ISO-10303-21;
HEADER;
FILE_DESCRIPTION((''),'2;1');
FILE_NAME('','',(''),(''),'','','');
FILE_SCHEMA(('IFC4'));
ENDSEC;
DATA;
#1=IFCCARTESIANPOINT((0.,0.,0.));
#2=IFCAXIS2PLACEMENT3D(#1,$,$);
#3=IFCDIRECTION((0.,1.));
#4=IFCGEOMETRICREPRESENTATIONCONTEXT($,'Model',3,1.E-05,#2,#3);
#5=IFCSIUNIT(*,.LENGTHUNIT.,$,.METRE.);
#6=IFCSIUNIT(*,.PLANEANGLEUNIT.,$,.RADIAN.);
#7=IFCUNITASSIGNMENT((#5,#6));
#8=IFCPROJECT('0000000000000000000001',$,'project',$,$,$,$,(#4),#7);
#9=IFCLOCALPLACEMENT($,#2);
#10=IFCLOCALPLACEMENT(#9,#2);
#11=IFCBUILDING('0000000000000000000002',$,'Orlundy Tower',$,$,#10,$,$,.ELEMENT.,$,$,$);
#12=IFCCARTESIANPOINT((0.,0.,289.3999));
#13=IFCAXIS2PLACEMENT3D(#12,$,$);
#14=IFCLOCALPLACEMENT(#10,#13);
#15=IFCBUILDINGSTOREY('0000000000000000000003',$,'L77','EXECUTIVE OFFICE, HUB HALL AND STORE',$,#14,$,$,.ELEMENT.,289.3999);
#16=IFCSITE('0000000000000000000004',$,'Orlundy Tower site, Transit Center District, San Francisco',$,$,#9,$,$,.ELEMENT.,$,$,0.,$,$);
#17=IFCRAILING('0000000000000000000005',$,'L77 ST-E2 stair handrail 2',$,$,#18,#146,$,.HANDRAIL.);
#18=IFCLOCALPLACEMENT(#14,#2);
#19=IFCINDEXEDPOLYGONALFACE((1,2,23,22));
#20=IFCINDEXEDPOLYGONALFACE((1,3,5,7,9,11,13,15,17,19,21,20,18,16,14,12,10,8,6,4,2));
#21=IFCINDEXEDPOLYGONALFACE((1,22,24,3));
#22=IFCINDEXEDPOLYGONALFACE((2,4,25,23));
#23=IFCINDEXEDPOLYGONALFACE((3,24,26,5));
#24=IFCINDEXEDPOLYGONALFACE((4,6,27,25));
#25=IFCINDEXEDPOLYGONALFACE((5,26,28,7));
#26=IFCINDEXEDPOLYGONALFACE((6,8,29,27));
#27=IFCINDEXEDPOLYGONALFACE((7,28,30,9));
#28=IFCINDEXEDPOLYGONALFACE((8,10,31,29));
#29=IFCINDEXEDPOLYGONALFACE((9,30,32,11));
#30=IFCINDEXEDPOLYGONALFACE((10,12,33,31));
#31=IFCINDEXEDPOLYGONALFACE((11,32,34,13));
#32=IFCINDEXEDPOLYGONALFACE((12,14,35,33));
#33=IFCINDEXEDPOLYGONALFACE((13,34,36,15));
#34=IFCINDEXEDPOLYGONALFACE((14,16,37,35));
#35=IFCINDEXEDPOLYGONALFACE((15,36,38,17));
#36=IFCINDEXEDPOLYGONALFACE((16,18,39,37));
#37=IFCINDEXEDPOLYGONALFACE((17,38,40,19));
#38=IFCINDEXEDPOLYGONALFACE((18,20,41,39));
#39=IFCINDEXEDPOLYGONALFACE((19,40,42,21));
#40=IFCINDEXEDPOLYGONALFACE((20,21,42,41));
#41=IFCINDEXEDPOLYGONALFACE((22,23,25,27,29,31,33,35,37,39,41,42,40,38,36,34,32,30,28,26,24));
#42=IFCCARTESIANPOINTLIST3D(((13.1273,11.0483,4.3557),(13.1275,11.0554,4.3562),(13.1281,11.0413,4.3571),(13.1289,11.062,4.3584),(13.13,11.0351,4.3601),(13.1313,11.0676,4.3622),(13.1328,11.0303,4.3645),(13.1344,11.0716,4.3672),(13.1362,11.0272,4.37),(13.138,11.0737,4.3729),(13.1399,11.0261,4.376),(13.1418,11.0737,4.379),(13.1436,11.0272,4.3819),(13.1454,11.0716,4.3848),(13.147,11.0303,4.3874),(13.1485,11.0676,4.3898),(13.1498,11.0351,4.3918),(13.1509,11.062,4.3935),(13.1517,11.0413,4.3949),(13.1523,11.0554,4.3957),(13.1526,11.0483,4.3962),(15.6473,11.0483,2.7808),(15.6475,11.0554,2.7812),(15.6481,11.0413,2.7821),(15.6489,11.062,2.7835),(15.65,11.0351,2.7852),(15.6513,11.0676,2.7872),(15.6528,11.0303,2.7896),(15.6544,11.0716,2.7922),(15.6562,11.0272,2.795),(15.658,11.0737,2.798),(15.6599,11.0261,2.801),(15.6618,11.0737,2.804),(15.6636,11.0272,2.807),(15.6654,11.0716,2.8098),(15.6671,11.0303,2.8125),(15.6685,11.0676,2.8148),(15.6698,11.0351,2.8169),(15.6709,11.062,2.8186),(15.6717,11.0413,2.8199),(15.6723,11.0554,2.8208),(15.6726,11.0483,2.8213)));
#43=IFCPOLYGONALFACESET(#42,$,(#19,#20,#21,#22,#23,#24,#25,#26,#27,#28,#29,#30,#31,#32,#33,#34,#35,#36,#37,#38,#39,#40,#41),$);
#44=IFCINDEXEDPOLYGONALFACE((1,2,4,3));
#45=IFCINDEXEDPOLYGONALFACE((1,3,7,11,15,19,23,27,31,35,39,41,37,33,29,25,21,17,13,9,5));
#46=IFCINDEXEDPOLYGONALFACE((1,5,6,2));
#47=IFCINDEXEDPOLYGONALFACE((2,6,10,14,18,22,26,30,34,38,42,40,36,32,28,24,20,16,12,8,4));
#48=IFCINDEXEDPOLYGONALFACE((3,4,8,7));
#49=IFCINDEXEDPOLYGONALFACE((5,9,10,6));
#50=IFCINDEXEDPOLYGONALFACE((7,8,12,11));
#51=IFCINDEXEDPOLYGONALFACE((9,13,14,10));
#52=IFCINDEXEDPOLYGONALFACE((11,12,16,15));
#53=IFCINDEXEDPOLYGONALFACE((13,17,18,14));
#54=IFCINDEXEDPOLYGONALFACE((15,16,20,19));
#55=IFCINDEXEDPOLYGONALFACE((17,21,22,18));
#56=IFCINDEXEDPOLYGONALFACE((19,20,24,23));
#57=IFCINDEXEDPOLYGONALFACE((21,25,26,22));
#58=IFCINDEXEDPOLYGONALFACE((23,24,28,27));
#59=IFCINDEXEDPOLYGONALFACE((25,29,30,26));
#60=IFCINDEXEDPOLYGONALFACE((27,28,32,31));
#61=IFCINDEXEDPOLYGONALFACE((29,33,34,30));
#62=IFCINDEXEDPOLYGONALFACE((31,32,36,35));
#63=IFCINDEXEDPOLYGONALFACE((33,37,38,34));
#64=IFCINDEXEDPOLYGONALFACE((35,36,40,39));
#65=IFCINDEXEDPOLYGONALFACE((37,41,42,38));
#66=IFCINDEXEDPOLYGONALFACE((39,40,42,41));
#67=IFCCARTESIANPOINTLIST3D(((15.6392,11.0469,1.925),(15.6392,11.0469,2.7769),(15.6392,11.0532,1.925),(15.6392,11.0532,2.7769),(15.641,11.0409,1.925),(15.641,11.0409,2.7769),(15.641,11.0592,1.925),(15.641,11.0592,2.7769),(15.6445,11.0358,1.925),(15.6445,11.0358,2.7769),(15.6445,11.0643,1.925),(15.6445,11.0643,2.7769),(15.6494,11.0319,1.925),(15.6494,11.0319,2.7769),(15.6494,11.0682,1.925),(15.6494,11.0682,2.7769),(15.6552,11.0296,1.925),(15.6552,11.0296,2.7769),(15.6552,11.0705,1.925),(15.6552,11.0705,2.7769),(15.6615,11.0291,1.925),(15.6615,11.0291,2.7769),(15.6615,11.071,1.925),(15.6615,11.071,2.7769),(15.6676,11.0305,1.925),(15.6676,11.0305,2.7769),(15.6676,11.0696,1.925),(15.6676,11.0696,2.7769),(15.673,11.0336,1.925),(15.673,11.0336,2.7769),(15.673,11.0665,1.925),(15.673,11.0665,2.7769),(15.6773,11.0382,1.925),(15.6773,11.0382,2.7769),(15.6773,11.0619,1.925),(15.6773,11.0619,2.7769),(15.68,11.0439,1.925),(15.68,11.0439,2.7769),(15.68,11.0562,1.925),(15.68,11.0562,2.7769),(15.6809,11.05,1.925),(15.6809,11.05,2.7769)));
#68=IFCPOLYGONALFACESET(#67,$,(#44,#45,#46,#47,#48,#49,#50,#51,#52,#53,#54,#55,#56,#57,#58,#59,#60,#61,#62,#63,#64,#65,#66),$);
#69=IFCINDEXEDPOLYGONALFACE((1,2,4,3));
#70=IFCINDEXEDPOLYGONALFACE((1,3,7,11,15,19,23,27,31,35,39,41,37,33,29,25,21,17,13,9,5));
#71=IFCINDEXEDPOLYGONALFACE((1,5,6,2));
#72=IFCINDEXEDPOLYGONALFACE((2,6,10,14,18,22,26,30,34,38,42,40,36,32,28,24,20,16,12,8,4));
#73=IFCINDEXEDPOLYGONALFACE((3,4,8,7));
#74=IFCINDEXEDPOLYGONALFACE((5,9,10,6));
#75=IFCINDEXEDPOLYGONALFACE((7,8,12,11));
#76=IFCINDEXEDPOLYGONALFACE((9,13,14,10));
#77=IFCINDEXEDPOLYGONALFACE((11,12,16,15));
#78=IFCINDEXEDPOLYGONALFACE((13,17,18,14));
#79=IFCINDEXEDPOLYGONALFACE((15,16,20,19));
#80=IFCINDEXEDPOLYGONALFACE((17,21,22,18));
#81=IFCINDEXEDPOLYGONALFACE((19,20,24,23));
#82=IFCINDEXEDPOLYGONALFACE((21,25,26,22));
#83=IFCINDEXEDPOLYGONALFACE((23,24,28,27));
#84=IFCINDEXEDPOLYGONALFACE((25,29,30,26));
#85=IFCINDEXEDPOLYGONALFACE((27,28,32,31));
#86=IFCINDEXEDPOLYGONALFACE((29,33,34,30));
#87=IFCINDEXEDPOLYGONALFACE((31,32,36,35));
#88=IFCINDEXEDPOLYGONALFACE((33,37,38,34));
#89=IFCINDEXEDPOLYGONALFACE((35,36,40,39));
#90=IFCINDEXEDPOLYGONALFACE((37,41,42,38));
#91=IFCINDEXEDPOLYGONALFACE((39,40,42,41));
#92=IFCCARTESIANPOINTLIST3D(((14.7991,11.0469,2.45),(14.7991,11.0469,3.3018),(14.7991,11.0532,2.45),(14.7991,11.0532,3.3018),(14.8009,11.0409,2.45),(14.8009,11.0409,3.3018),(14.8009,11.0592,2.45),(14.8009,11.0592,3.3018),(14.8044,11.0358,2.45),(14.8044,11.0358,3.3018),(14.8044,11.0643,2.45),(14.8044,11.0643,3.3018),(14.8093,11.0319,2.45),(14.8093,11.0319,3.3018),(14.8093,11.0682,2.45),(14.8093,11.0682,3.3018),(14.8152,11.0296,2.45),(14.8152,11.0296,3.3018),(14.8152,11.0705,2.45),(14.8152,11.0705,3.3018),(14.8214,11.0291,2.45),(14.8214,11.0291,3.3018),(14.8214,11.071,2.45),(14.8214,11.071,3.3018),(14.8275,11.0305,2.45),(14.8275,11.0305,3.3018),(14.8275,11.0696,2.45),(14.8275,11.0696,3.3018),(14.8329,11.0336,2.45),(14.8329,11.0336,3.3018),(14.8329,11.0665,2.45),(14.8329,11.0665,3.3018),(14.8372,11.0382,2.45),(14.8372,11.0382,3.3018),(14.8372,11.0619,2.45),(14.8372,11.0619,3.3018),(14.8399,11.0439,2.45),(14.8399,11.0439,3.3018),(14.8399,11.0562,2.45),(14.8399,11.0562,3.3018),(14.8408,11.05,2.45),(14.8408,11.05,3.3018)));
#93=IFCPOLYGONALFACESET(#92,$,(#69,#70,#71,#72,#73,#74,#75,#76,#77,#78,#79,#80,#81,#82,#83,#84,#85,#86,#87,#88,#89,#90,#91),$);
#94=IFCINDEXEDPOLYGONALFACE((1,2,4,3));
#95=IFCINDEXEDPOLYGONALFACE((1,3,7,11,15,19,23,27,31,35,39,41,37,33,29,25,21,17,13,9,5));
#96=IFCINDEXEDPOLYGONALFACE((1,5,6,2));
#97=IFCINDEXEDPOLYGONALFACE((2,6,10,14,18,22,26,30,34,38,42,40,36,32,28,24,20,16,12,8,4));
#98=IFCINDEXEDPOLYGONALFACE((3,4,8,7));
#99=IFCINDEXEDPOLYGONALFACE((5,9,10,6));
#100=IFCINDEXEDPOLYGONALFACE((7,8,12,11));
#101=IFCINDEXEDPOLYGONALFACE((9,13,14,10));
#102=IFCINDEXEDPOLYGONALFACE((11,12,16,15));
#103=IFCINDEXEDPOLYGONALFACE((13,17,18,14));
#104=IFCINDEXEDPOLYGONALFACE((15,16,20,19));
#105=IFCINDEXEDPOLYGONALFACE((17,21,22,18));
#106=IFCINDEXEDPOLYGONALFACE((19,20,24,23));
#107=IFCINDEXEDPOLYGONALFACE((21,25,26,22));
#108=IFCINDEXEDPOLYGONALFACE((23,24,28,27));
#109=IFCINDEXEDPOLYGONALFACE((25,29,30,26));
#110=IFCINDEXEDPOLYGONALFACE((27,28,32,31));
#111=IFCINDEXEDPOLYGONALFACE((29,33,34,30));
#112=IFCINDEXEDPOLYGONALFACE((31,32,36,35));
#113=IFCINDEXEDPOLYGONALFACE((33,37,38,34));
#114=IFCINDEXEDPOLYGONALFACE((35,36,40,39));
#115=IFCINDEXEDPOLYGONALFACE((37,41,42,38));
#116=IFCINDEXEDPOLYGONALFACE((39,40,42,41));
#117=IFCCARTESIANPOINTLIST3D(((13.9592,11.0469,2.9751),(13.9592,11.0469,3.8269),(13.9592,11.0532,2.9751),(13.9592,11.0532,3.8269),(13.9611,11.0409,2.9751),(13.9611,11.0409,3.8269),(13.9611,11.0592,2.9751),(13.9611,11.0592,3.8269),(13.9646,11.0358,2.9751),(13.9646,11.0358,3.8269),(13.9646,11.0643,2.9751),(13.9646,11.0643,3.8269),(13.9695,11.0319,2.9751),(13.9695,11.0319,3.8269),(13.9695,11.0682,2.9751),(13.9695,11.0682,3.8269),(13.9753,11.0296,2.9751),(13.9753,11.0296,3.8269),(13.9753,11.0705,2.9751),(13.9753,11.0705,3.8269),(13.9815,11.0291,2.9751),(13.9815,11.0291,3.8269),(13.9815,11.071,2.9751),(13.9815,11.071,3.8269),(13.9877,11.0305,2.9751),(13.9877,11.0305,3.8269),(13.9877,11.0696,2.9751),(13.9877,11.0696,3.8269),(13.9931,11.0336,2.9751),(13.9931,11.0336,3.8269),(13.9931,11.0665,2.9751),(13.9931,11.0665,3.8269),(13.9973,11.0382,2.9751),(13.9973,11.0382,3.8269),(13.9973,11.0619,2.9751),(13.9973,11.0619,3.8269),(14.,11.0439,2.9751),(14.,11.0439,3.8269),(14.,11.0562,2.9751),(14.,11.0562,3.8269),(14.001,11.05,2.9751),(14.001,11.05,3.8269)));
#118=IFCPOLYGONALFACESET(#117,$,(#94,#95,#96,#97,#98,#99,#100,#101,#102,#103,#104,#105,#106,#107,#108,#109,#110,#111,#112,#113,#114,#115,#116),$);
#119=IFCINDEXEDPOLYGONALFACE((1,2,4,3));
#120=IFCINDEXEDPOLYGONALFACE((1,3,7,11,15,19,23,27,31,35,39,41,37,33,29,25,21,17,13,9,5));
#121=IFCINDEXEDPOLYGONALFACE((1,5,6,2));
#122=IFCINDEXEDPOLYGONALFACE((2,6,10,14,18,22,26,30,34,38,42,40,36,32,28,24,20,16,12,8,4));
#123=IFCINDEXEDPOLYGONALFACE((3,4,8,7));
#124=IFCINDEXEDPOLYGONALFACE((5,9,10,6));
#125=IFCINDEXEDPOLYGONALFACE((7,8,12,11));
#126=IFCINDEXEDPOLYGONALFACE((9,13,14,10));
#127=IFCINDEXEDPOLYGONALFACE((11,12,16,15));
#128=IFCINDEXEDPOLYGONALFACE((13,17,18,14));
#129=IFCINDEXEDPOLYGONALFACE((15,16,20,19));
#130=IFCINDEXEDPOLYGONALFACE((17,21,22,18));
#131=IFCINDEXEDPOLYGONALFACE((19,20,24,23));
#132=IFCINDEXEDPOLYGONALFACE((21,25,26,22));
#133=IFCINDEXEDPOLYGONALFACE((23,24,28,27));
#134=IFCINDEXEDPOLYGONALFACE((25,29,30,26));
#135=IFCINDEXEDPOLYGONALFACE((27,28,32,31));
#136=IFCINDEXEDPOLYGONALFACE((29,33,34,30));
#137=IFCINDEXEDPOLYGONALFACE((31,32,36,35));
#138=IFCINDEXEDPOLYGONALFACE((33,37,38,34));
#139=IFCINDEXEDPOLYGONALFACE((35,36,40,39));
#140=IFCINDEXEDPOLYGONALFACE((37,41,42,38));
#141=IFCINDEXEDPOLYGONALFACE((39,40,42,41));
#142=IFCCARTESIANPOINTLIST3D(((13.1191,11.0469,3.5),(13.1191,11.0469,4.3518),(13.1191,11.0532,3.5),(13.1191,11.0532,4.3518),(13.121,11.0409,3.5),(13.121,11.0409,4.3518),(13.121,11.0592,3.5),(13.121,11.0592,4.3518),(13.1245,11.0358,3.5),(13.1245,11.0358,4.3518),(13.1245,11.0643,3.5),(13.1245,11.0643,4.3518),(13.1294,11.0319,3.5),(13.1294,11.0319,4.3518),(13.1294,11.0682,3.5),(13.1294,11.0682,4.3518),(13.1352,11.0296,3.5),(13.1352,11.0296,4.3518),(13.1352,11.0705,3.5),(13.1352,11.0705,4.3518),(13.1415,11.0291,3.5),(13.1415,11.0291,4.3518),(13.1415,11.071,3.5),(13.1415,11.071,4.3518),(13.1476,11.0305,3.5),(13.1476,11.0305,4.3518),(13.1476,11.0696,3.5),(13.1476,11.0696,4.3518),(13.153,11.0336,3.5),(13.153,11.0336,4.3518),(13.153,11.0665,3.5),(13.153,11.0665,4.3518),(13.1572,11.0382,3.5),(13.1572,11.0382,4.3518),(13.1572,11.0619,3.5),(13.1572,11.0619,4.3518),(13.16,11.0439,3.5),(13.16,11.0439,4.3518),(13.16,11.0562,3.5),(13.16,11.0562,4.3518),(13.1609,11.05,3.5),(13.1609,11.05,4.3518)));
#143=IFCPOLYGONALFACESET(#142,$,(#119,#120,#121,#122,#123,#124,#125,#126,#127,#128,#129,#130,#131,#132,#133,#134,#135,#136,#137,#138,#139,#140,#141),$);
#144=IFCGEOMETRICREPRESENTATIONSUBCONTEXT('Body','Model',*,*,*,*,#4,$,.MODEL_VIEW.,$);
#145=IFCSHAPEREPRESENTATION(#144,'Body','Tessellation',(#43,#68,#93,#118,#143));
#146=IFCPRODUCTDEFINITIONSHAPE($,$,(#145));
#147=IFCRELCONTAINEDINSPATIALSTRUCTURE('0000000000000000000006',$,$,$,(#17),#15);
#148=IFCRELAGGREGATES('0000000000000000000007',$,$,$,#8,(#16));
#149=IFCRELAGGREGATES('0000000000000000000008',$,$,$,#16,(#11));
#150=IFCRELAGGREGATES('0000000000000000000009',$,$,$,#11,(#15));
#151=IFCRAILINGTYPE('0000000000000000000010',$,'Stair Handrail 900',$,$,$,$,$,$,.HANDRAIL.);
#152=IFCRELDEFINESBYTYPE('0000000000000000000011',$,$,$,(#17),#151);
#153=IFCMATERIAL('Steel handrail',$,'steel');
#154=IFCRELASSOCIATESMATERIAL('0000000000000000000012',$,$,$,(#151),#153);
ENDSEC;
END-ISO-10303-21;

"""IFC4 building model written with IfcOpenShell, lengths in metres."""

from ifc_helpers import new_model, si_unit, direction, frame, origin, origin_2d, place, context, subcontext, project, spatial, circle, extrude, material, type_object, element, save


model = new_model("IFC4")

# Units and contexts
model_context = context("Model", 3, precision=1e-05, world=origin(), true_north=direction((0.0, 1.0)))
body_context = subcontext(model_context, "Body", "Model", "MODEL_VIEW")
ifc_project = project(units=[si_unit("LENGTHUNIT", "METRE"), si_unit("PLANEANGLEUNIT", "RADIAN")], contexts=[model_context])

# Site, building, storey
site_placement = place(None, origin())
site = spatial("IfcSite", under=ifc_project, at=site_placement, Name="Orlundy Tower site, Transit Center District, San Francisco", CompositionType="ELEMENT", RefElevation=0.0)
building_placement = place(site_placement, origin())
building = spatial("IfcBuilding", under=site, at=building_placement, Name="Orlundy Tower", CompositionType="ELEMENT")
storey_placement = place(building_placement, frame((0.0, 0.0, 289.3999)))
storey = spatial("IfcBuildingStorey", under=building, at=storey_placement, Name="L77", Description="EXECUTIVE OFFICE, HUB HALL AND STORE", CompositionType="ELEMENT", Elevation=289.3999)

# Railing
ifc_material_1 = material(Name="Steel handrail", Category="steel")
railing_type = type_object("IfcRailingType", Name="Stair Handrail 900", PredefinedType="HANDRAIL", material=ifc_material_1)
railing_placement = place(storey_placement, frame((15.6599, 11.05, 1.925)))
element("IfcRailing", 1, at=railing_placement, inside=storey, type_object=railing_type, Name="L77 ST-E2 stair handrail 2", PredefinedType="HANDRAIL", context=body_context, shape_type="SweptSolid", body=[
    extrude(circle(Radius=0.0239, at=origin_2d()), frame((0.0, 0.0, 0.876), z_axis=(-0.848008, 0.0, 0.529984), x_axis=(0.0, -1.0, 0.0)), (0.0, 0.0, 1.0), 2.9717),
    extrude(circle(Radius=0.021, at=origin_2d()), origin(), (0.0, 0.0, 1.0), 0.8518),
    extrude(circle(Radius=0.021, at=origin_2d()), frame((-0.8401, 0.0, 0.5249)), (0.0, 0.0, 1.0), 0.8518),
    extrude(circle(Radius=0.021, at=origin_2d()), frame((-1.6799, 0.0, 1.05)), (0.0, 0.0, 1.0), 0.8518),
    extrude(circle(Radius=0.021, at=origin_2d()), frame((-2.52, 0.0, 1.575)), (0.0, 0.0, 1.0), 0.8518),
])

save(model, "model.ifc")
